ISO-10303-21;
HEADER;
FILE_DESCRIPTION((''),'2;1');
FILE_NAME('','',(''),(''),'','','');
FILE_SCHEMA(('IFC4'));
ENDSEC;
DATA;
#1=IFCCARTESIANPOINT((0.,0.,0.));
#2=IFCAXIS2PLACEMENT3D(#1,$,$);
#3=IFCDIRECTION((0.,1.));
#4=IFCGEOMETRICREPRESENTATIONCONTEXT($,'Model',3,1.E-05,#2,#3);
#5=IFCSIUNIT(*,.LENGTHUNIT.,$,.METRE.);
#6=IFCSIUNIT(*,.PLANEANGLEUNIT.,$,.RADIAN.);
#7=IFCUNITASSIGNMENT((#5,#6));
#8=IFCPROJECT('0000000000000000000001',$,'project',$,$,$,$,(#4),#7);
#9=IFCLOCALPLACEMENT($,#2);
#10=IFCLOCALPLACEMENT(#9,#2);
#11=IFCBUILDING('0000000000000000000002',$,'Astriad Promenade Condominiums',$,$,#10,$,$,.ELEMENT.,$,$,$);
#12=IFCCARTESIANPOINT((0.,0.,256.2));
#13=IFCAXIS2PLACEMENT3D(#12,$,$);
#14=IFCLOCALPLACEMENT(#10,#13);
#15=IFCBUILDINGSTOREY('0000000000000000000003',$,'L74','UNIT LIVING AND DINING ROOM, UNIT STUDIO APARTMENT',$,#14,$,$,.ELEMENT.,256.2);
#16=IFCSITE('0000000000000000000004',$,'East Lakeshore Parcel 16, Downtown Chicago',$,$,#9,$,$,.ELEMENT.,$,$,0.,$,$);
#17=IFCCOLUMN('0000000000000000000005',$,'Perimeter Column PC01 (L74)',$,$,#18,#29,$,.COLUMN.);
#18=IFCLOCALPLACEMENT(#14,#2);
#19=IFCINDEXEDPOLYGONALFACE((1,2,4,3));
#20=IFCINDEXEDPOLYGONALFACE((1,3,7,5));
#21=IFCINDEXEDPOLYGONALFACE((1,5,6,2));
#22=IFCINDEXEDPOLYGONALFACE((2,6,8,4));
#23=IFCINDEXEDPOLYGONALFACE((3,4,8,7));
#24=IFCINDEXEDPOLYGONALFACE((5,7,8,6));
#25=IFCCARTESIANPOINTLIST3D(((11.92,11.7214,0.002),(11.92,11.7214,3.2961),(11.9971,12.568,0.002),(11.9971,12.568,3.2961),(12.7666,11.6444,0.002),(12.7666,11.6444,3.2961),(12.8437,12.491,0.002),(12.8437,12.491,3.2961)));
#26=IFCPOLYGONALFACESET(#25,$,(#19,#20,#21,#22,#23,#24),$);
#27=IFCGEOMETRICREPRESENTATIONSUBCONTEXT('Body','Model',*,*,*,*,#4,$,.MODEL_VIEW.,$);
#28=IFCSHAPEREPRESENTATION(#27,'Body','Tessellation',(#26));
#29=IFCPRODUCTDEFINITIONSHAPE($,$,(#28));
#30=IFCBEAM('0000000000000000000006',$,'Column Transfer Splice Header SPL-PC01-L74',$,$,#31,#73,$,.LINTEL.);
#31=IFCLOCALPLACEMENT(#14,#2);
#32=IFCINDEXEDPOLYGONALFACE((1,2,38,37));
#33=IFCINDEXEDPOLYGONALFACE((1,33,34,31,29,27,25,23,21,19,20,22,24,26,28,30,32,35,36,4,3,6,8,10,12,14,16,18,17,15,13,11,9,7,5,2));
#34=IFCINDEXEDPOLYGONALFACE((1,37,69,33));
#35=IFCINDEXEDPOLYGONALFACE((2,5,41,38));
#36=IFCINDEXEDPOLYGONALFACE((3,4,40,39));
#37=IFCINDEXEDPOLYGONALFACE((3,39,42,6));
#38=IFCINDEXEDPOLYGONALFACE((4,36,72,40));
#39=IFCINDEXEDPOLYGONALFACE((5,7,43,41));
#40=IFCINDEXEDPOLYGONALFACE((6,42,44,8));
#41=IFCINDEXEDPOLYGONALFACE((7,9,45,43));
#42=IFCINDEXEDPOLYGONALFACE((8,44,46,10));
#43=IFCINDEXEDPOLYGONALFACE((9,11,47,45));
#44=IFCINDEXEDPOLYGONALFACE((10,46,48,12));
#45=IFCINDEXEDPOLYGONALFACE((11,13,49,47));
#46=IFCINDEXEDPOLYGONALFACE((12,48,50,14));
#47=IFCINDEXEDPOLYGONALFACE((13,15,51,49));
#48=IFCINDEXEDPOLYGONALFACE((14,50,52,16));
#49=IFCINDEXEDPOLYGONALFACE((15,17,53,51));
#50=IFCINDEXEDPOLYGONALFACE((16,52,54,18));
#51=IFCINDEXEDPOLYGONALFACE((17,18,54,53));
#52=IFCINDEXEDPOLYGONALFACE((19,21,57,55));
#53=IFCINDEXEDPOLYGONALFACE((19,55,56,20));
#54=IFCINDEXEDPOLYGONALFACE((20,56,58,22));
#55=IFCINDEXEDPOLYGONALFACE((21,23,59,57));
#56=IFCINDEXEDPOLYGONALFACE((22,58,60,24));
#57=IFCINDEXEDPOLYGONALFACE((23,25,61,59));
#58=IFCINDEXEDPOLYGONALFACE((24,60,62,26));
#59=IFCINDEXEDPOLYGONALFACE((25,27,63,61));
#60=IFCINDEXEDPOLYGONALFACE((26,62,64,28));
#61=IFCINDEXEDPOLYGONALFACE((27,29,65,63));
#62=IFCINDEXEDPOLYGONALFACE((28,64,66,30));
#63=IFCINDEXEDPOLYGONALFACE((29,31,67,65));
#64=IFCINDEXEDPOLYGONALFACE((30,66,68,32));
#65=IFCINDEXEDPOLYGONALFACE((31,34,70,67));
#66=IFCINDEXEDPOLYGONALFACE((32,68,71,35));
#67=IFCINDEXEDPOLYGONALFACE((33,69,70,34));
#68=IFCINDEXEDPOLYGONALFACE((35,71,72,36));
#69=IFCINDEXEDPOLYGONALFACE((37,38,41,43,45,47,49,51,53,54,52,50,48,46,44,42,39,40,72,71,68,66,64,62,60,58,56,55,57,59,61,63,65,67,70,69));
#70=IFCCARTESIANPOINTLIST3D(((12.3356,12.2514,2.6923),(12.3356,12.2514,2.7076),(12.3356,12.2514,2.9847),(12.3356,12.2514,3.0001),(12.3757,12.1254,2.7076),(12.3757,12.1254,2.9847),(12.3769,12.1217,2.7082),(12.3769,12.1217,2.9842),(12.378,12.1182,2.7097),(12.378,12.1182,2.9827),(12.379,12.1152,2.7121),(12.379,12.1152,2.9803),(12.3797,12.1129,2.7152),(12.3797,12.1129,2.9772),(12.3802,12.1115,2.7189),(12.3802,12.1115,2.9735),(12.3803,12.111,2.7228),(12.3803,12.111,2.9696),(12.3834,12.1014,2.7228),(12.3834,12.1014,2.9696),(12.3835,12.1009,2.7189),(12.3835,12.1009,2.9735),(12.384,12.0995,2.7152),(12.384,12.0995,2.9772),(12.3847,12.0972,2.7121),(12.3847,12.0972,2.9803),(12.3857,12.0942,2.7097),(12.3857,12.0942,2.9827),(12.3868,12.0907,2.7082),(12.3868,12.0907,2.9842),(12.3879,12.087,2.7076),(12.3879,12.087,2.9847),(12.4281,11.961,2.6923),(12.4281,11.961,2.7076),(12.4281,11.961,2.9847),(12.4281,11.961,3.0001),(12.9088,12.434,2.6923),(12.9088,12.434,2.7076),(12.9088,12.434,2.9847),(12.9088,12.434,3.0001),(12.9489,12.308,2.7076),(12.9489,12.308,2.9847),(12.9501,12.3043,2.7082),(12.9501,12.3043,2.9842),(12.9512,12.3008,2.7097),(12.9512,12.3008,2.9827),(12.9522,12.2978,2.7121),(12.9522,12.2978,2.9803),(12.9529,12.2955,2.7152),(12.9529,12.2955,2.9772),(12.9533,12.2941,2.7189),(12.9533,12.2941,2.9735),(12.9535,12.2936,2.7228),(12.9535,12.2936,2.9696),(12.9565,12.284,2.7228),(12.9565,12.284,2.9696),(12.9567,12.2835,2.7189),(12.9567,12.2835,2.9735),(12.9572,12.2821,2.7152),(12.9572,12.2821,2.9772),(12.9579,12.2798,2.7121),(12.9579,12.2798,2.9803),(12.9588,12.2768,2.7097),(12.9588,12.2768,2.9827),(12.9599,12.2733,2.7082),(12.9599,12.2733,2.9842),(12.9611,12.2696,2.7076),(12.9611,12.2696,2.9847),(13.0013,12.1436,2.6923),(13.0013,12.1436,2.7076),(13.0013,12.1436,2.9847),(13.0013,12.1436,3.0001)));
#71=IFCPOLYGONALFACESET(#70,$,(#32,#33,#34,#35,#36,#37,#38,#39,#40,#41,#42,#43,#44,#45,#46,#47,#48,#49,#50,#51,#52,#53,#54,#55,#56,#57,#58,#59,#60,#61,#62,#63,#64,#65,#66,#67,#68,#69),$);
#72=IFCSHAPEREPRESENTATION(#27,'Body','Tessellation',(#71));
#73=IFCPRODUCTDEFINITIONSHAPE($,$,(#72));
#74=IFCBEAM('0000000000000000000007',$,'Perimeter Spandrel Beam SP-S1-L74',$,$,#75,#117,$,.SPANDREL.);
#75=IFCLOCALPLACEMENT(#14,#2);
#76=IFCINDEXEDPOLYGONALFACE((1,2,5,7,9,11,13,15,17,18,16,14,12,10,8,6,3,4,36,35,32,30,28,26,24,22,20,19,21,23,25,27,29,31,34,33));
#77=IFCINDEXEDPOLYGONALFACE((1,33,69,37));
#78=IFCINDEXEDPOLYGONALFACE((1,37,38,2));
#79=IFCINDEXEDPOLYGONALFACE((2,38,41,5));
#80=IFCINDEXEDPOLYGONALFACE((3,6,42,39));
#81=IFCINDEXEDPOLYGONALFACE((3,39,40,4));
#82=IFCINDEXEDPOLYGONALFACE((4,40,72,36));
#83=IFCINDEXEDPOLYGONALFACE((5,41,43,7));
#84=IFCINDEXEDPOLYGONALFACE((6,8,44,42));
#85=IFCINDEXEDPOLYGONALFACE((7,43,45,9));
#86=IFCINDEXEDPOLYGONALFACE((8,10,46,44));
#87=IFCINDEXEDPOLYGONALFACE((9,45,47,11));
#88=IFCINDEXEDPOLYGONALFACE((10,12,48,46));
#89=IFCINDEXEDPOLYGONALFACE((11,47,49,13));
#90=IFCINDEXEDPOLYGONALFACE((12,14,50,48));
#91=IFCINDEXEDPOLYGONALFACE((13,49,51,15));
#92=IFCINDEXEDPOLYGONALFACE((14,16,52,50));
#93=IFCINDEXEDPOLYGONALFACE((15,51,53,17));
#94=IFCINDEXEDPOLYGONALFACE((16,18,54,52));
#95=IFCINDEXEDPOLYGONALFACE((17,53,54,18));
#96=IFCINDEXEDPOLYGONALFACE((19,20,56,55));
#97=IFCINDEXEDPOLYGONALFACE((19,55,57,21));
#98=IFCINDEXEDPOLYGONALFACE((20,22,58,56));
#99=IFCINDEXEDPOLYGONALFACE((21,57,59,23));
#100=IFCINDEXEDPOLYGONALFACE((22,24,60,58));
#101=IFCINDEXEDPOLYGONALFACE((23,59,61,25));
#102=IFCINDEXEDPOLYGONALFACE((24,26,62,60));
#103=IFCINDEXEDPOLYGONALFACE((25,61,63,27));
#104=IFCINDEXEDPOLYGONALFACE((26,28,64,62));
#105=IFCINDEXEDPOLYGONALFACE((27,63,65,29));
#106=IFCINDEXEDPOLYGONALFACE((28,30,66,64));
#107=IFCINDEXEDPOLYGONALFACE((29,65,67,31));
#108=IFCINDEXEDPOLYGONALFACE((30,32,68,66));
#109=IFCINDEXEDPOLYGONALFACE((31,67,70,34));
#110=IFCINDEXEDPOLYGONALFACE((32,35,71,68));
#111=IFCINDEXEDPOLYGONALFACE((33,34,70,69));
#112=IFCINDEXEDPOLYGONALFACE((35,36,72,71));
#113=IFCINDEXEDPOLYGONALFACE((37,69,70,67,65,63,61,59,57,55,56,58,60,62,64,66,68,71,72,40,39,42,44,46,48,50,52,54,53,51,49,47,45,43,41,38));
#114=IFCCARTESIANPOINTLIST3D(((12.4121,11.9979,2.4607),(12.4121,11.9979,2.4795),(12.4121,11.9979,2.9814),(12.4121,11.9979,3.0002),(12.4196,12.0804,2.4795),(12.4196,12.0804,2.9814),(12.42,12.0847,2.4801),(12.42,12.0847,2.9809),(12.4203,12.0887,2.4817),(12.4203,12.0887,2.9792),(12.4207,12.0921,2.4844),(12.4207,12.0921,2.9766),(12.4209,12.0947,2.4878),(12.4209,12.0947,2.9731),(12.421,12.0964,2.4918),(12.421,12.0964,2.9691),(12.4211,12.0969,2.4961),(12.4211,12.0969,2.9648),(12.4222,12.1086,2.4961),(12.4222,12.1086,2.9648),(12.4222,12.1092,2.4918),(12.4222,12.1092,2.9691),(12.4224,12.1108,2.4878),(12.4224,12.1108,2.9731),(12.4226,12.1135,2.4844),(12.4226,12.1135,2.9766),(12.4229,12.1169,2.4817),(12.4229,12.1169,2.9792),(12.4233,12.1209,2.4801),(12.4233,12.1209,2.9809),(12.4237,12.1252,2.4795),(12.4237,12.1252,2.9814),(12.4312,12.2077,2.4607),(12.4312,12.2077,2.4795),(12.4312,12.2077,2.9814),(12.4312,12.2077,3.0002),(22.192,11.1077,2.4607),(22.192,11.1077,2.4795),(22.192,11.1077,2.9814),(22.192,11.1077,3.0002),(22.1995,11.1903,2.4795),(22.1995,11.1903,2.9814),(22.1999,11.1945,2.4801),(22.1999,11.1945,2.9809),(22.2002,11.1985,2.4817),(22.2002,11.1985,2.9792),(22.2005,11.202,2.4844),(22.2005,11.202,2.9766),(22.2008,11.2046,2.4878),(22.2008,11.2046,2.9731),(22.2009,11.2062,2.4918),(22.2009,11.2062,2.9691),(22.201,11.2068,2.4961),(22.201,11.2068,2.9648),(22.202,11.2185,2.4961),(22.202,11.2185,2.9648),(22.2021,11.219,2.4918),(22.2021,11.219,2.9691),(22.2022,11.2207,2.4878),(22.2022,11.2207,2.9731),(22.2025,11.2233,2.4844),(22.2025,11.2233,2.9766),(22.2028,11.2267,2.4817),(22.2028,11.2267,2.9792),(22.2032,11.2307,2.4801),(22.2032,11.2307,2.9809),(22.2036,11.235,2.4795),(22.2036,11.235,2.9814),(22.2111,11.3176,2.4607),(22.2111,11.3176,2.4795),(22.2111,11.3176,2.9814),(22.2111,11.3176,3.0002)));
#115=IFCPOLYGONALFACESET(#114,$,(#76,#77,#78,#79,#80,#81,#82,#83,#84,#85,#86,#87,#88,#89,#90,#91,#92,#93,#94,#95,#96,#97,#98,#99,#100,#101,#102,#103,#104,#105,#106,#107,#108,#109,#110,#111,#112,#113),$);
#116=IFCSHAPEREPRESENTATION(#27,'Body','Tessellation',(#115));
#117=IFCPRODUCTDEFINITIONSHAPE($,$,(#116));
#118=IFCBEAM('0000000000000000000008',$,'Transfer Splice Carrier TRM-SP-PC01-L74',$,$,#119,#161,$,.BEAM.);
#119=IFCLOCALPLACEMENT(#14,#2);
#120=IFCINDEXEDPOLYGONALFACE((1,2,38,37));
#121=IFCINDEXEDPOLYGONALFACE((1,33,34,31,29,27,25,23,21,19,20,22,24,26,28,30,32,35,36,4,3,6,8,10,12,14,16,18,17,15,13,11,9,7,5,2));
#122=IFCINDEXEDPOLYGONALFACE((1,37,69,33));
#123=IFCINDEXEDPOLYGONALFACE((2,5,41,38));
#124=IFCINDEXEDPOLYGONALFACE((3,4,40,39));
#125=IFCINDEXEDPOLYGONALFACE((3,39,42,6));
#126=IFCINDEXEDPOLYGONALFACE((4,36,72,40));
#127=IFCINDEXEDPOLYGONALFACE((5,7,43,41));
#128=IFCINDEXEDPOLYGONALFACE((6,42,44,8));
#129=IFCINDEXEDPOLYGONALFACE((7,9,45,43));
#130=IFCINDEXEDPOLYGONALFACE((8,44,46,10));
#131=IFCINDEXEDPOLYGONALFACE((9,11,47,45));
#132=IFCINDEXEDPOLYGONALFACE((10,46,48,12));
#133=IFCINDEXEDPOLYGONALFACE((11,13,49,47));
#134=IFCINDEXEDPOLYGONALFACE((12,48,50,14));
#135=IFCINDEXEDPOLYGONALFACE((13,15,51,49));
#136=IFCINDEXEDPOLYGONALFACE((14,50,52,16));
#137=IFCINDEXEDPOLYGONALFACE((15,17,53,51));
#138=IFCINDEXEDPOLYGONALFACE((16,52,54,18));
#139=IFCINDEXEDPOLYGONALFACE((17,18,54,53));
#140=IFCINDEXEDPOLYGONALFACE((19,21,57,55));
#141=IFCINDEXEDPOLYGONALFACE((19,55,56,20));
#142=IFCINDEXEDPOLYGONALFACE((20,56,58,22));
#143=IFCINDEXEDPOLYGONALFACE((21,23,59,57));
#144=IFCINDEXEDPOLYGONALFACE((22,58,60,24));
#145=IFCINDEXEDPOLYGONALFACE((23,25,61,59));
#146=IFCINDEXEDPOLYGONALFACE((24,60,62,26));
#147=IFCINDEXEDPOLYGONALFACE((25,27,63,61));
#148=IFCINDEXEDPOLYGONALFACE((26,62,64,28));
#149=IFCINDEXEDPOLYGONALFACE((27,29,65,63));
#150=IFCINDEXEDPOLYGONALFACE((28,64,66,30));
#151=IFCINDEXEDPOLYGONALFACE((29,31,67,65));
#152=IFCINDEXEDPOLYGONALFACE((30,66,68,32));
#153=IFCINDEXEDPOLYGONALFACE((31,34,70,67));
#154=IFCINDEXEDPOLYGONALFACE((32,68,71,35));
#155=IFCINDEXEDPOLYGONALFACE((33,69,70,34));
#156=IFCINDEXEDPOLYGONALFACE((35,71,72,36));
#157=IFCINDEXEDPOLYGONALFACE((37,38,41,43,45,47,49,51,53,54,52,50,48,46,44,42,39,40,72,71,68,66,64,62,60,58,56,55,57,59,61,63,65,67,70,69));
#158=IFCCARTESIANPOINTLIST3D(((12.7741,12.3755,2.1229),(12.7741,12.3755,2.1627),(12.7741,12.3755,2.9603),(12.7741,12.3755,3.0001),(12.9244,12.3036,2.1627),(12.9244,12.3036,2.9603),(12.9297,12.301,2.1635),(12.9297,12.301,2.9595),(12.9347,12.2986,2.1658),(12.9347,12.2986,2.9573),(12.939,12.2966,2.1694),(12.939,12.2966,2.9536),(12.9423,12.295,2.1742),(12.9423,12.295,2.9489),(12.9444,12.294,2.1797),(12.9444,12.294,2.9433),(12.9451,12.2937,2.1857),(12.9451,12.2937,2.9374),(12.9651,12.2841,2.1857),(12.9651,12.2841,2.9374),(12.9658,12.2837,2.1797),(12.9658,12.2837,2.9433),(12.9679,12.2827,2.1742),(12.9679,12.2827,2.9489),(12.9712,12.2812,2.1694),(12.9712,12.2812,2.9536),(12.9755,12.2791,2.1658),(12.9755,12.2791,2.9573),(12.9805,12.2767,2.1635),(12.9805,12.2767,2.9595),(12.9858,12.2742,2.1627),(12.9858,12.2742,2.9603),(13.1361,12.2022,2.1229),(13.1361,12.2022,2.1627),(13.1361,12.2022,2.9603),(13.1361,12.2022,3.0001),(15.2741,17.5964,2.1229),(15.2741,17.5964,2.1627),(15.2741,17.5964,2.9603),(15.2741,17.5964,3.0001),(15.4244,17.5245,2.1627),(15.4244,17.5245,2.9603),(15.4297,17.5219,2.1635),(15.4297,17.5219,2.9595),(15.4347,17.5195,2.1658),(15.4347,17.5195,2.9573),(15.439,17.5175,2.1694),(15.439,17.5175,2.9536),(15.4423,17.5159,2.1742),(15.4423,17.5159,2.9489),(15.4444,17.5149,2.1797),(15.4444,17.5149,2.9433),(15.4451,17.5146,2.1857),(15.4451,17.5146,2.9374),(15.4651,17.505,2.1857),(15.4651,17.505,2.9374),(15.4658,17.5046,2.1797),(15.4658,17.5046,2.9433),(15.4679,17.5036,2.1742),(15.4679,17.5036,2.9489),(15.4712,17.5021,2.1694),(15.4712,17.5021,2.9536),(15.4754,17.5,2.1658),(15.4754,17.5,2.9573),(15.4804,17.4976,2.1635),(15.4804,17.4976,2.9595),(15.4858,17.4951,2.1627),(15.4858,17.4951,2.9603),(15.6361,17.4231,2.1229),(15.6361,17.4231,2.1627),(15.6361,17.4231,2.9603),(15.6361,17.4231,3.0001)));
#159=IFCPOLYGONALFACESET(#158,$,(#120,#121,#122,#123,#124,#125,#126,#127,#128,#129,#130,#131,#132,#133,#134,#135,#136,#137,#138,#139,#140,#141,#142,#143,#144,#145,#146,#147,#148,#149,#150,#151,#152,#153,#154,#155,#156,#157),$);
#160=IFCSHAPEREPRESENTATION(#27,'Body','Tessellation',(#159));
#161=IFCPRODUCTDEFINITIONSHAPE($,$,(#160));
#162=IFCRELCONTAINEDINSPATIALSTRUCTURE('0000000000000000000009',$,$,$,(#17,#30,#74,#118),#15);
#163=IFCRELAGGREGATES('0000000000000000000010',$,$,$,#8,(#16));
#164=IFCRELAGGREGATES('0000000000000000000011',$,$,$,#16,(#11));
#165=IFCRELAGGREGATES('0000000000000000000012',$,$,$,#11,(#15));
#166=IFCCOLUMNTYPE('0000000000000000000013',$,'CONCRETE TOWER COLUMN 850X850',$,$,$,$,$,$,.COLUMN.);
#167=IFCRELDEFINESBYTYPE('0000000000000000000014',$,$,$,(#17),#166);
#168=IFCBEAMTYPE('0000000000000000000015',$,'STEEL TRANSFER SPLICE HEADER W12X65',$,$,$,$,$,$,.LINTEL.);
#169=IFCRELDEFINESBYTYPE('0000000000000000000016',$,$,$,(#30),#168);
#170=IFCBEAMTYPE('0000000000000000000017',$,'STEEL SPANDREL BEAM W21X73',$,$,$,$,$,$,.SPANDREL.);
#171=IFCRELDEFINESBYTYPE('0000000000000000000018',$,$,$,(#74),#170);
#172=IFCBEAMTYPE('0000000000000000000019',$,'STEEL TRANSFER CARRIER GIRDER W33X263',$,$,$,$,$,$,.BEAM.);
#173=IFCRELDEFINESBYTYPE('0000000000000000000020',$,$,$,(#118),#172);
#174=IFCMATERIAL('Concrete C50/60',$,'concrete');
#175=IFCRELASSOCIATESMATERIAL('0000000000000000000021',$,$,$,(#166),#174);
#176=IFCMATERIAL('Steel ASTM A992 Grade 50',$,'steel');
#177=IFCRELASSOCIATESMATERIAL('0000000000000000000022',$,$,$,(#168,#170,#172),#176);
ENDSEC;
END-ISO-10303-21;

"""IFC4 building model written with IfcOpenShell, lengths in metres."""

from ifc_helpers import new_model, si_unit, direction, frame, origin, origin_2d, place, context, subcontext, project, spatial, rectangle, i_section, extrude, source, transform, mapped, material, material_profile, profile_set, type_object, type_shapes, element, save


model = new_model("IFC4")

# Units and contexts
model_context = context("Model", 3, precision=1e-05, world=origin(), true_north=direction((0.0, 1.0)))
body_context = subcontext(model_context, "Body", "Model", "MODEL_VIEW")
ifc_project = project(units=[si_unit("LENGTHUNIT", "METRE"), si_unit("PLANEANGLEUNIT", "RADIAN")], contexts=[model_context])

# Site, building, storey
site_placement = place(None, origin())
site = spatial("IfcSite", under=ifc_project, at=site_placement, Name="East Lakeshore Parcel 16, Downtown Chicago", CompositionType="ELEMENT", RefElevation=0.0)
building_placement = place(site_placement, origin())
building = spatial("IfcBuilding", under=site, at=building_placement, Name="Astriad Promenade Condominiums", CompositionType="ELEMENT")
storey_placement = place(building_placement, frame((0.0, 0.0, 256.2)))
storey = spatial("IfcBuildingStorey", under=building, at=storey_placement, Name="L74", Description="UNIT LIVING AND DINING ROOM, UNIT STUDIO APARTMENT", CompositionType="ELEMENT", Elevation=256.2)

# Column
ifc_material_1 = material(Name="Concrete C50/60", Category="concrete")
ifc_material_profile_1 = material_profile(ifc_material_1, rectangle(XDim=0.8501, YDim=0.8501, at=origin_2d()), Name="RC-COL-850X850")
ifc_profile_set_1 = profile_set([ifc_material_profile_1], Name="Concrete C50/60")
column_type = type_object("IfcColumnType", Name="CONCRETE TOWER COLUMN 850X850", PredefinedType="COLUMN", material=ifc_profile_set_1)
shared_shape_1 = source(origin(), body_context, "Body", "SweptSolid", [
    extrude(rectangle(XDim=0.8501, YDim=0.8501, at=origin_2d()), origin(), (0.0, 0.0, 1.0), 3.2942),
])
type_shapes(column_type, [shared_shape_1])
column_placement = place(storey_placement, frame((12.3818, 12.1062, 0.002), z_axis=(0.0, 0.0, 1.0), x_axis=(0.995884, -0.090633, 0.0)))
element("IfcColumn", 1, at=column_placement, inside=storey, type_object=column_type, Name="Perimeter Column PC01 (L74)", PredefinedType="COLUMN", context=body_context, shape_type="MappedRepresentation", body=[
    mapped(shared_shape_1, transform((0.0, 0.0, 0.0), scale=1.0)),
])

# Beams
ifc_material_2 = material(Name="Steel ASTM A992 Grade 50", Category="steel")
ifc_material_profile_2 = material_profile(ifc_material_2, i_section(OverallWidth=0.3047, OverallDepth=0.3079, WebThickness=0.01, FlangeThickness=0.0154, FilletRadius=0.0151, at=origin_2d()), Name="W12X65")
ifc_profile_set_2 = profile_set([ifc_material_profile_2], Name="Steel ASTM A992 Grade 50")
beam_type_1 = type_object("IfcBeamType", Name="STEEL TRANSFER SPLICE HEADER W12X65", PredefinedType="LINTEL", material=ifc_profile_set_2)
shared_shape_2 = source(origin(), body_context, "Body", "SweptSolid", [
    extrude(i_section(OverallWidth=0.3047, OverallDepth=0.3079, WebThickness=0.01, FlangeThickness=0.0154, FilletRadius=0.0151, at=origin_2d()), origin(), (0.0, 0.0, 1.0), 0.6016),
])
type_shapes(beam_type_1, [shared_shape_2])
beam_1_placement = place(storey_placement, frame((12.3818, 12.1062, 2.8462), z_axis=(0.952819, 0.303539, 0.0), x_axis=(-0.303539, 0.952819, 0.0)))
element("IfcBeam", 2, at=beam_1_placement, inside=storey, type_object=beam_type_1, Name="Column Transfer Splice Header SPL-PC01-L74", PredefinedType="LINTEL", context=body_context, shape_type="MappedRepresentation", body=[
    mapped(shared_shape_2, transform((0.0, 0.0, 0.0), scale=1.0)),
])
ifc_material_profile_3 = material_profile(ifc_material_2, i_section(OverallWidth=0.2107, OverallDepth=0.5396, WebThickness=0.0117, FlangeThickness=0.0188, FilletRadius=0.0166, at=origin_2d()), Name="W21X73")
ifc_profile_set_3 = profile_set([ifc_material_profile_3], Name="Steel ASTM A992 Grade 50")
beam_type_2 = type_object("IfcBeamType", Name="STEEL SPANDREL BEAM W21X73", PredefinedType="SPANDREL", material=ifc_profile_set_3)
shared_shape_3 = source(origin(), body_context, "Body", "SweptSolid", [
    extrude(i_section(OverallWidth=0.2107, OverallDepth=0.5396, WebThickness=0.0117, FlangeThickness=0.0188, FilletRadius=0.0166, at=origin_2d()), origin(), (0.0, 0.0, 1.0), 9.8203),
])
type_shapes(beam_type_2, [shared_shape_3])
beam_2_placement = place(storey_placement, frame((12.4216, 12.1028, 2.7305), z_axis=(0.995883, -0.090643, 0.0), x_axis=(0.090643, 0.995883, 0.0)))
element("IfcBeam", 3, at=beam_2_placement, inside=storey, type_object=beam_type_2, Name="Perimeter Spandrel Beam SP-S1-L74", PredefinedType="SPANDREL", context=body_context, shape_type="MappedRepresentation", body=[
    mapped(shared_shape_3, transform((0.0, 0.0, 0.0), scale=1.0)),
])
ifc_material_profile_4 = material_profile(ifc_material_2, i_section(OverallWidth=0.4014, OverallDepth=0.8772, WebThickness=0.0222, FlangeThickness=0.0398, FilletRadius=0.0229, at=origin_2d()), Name="W33X263")
ifc_profile_set_4 = profile_set([ifc_material_profile_4], Name="Steel ASTM A992 Grade 50")
beam_type_3 = type_object("IfcBeamType", Name="STEEL TRANSFER CARRIER GIRDER W33X263", PredefinedType="BEAM", material=ifc_profile_set_4)
shared_shape_4 = source(origin(), body_context, "Body", "SweptSolid", [
    extrude(i_section(OverallWidth=0.4014, OverallDepth=0.8772, WebThickness=0.0222, FlangeThickness=0.0398, FilletRadius=0.0229, at=origin_2d()), origin(), (0.0, 0.0, 1.0), 5.7886),
])
beam_3_placement = place(storey_placement, frame((15.4551, 17.5098, 2.5615), z_axis=(-0.431881, -0.901931, 0.0), x_axis=(0.901931, -0.431881, 0.0)))
element("IfcBeam", 4, at=beam_3_placement, inside=storey, type_object=beam_type_3, Name="Transfer Splice Carrier TRM-SP-PC01-L74", PredefinedType="BEAM", context=body_context, shape_type="MappedRepresentation", body=[
    mapped(shared_shape_4, transform((0.0, 0.0, 0.0), scale=1.0)),
])

save(model, "model.ifc")
